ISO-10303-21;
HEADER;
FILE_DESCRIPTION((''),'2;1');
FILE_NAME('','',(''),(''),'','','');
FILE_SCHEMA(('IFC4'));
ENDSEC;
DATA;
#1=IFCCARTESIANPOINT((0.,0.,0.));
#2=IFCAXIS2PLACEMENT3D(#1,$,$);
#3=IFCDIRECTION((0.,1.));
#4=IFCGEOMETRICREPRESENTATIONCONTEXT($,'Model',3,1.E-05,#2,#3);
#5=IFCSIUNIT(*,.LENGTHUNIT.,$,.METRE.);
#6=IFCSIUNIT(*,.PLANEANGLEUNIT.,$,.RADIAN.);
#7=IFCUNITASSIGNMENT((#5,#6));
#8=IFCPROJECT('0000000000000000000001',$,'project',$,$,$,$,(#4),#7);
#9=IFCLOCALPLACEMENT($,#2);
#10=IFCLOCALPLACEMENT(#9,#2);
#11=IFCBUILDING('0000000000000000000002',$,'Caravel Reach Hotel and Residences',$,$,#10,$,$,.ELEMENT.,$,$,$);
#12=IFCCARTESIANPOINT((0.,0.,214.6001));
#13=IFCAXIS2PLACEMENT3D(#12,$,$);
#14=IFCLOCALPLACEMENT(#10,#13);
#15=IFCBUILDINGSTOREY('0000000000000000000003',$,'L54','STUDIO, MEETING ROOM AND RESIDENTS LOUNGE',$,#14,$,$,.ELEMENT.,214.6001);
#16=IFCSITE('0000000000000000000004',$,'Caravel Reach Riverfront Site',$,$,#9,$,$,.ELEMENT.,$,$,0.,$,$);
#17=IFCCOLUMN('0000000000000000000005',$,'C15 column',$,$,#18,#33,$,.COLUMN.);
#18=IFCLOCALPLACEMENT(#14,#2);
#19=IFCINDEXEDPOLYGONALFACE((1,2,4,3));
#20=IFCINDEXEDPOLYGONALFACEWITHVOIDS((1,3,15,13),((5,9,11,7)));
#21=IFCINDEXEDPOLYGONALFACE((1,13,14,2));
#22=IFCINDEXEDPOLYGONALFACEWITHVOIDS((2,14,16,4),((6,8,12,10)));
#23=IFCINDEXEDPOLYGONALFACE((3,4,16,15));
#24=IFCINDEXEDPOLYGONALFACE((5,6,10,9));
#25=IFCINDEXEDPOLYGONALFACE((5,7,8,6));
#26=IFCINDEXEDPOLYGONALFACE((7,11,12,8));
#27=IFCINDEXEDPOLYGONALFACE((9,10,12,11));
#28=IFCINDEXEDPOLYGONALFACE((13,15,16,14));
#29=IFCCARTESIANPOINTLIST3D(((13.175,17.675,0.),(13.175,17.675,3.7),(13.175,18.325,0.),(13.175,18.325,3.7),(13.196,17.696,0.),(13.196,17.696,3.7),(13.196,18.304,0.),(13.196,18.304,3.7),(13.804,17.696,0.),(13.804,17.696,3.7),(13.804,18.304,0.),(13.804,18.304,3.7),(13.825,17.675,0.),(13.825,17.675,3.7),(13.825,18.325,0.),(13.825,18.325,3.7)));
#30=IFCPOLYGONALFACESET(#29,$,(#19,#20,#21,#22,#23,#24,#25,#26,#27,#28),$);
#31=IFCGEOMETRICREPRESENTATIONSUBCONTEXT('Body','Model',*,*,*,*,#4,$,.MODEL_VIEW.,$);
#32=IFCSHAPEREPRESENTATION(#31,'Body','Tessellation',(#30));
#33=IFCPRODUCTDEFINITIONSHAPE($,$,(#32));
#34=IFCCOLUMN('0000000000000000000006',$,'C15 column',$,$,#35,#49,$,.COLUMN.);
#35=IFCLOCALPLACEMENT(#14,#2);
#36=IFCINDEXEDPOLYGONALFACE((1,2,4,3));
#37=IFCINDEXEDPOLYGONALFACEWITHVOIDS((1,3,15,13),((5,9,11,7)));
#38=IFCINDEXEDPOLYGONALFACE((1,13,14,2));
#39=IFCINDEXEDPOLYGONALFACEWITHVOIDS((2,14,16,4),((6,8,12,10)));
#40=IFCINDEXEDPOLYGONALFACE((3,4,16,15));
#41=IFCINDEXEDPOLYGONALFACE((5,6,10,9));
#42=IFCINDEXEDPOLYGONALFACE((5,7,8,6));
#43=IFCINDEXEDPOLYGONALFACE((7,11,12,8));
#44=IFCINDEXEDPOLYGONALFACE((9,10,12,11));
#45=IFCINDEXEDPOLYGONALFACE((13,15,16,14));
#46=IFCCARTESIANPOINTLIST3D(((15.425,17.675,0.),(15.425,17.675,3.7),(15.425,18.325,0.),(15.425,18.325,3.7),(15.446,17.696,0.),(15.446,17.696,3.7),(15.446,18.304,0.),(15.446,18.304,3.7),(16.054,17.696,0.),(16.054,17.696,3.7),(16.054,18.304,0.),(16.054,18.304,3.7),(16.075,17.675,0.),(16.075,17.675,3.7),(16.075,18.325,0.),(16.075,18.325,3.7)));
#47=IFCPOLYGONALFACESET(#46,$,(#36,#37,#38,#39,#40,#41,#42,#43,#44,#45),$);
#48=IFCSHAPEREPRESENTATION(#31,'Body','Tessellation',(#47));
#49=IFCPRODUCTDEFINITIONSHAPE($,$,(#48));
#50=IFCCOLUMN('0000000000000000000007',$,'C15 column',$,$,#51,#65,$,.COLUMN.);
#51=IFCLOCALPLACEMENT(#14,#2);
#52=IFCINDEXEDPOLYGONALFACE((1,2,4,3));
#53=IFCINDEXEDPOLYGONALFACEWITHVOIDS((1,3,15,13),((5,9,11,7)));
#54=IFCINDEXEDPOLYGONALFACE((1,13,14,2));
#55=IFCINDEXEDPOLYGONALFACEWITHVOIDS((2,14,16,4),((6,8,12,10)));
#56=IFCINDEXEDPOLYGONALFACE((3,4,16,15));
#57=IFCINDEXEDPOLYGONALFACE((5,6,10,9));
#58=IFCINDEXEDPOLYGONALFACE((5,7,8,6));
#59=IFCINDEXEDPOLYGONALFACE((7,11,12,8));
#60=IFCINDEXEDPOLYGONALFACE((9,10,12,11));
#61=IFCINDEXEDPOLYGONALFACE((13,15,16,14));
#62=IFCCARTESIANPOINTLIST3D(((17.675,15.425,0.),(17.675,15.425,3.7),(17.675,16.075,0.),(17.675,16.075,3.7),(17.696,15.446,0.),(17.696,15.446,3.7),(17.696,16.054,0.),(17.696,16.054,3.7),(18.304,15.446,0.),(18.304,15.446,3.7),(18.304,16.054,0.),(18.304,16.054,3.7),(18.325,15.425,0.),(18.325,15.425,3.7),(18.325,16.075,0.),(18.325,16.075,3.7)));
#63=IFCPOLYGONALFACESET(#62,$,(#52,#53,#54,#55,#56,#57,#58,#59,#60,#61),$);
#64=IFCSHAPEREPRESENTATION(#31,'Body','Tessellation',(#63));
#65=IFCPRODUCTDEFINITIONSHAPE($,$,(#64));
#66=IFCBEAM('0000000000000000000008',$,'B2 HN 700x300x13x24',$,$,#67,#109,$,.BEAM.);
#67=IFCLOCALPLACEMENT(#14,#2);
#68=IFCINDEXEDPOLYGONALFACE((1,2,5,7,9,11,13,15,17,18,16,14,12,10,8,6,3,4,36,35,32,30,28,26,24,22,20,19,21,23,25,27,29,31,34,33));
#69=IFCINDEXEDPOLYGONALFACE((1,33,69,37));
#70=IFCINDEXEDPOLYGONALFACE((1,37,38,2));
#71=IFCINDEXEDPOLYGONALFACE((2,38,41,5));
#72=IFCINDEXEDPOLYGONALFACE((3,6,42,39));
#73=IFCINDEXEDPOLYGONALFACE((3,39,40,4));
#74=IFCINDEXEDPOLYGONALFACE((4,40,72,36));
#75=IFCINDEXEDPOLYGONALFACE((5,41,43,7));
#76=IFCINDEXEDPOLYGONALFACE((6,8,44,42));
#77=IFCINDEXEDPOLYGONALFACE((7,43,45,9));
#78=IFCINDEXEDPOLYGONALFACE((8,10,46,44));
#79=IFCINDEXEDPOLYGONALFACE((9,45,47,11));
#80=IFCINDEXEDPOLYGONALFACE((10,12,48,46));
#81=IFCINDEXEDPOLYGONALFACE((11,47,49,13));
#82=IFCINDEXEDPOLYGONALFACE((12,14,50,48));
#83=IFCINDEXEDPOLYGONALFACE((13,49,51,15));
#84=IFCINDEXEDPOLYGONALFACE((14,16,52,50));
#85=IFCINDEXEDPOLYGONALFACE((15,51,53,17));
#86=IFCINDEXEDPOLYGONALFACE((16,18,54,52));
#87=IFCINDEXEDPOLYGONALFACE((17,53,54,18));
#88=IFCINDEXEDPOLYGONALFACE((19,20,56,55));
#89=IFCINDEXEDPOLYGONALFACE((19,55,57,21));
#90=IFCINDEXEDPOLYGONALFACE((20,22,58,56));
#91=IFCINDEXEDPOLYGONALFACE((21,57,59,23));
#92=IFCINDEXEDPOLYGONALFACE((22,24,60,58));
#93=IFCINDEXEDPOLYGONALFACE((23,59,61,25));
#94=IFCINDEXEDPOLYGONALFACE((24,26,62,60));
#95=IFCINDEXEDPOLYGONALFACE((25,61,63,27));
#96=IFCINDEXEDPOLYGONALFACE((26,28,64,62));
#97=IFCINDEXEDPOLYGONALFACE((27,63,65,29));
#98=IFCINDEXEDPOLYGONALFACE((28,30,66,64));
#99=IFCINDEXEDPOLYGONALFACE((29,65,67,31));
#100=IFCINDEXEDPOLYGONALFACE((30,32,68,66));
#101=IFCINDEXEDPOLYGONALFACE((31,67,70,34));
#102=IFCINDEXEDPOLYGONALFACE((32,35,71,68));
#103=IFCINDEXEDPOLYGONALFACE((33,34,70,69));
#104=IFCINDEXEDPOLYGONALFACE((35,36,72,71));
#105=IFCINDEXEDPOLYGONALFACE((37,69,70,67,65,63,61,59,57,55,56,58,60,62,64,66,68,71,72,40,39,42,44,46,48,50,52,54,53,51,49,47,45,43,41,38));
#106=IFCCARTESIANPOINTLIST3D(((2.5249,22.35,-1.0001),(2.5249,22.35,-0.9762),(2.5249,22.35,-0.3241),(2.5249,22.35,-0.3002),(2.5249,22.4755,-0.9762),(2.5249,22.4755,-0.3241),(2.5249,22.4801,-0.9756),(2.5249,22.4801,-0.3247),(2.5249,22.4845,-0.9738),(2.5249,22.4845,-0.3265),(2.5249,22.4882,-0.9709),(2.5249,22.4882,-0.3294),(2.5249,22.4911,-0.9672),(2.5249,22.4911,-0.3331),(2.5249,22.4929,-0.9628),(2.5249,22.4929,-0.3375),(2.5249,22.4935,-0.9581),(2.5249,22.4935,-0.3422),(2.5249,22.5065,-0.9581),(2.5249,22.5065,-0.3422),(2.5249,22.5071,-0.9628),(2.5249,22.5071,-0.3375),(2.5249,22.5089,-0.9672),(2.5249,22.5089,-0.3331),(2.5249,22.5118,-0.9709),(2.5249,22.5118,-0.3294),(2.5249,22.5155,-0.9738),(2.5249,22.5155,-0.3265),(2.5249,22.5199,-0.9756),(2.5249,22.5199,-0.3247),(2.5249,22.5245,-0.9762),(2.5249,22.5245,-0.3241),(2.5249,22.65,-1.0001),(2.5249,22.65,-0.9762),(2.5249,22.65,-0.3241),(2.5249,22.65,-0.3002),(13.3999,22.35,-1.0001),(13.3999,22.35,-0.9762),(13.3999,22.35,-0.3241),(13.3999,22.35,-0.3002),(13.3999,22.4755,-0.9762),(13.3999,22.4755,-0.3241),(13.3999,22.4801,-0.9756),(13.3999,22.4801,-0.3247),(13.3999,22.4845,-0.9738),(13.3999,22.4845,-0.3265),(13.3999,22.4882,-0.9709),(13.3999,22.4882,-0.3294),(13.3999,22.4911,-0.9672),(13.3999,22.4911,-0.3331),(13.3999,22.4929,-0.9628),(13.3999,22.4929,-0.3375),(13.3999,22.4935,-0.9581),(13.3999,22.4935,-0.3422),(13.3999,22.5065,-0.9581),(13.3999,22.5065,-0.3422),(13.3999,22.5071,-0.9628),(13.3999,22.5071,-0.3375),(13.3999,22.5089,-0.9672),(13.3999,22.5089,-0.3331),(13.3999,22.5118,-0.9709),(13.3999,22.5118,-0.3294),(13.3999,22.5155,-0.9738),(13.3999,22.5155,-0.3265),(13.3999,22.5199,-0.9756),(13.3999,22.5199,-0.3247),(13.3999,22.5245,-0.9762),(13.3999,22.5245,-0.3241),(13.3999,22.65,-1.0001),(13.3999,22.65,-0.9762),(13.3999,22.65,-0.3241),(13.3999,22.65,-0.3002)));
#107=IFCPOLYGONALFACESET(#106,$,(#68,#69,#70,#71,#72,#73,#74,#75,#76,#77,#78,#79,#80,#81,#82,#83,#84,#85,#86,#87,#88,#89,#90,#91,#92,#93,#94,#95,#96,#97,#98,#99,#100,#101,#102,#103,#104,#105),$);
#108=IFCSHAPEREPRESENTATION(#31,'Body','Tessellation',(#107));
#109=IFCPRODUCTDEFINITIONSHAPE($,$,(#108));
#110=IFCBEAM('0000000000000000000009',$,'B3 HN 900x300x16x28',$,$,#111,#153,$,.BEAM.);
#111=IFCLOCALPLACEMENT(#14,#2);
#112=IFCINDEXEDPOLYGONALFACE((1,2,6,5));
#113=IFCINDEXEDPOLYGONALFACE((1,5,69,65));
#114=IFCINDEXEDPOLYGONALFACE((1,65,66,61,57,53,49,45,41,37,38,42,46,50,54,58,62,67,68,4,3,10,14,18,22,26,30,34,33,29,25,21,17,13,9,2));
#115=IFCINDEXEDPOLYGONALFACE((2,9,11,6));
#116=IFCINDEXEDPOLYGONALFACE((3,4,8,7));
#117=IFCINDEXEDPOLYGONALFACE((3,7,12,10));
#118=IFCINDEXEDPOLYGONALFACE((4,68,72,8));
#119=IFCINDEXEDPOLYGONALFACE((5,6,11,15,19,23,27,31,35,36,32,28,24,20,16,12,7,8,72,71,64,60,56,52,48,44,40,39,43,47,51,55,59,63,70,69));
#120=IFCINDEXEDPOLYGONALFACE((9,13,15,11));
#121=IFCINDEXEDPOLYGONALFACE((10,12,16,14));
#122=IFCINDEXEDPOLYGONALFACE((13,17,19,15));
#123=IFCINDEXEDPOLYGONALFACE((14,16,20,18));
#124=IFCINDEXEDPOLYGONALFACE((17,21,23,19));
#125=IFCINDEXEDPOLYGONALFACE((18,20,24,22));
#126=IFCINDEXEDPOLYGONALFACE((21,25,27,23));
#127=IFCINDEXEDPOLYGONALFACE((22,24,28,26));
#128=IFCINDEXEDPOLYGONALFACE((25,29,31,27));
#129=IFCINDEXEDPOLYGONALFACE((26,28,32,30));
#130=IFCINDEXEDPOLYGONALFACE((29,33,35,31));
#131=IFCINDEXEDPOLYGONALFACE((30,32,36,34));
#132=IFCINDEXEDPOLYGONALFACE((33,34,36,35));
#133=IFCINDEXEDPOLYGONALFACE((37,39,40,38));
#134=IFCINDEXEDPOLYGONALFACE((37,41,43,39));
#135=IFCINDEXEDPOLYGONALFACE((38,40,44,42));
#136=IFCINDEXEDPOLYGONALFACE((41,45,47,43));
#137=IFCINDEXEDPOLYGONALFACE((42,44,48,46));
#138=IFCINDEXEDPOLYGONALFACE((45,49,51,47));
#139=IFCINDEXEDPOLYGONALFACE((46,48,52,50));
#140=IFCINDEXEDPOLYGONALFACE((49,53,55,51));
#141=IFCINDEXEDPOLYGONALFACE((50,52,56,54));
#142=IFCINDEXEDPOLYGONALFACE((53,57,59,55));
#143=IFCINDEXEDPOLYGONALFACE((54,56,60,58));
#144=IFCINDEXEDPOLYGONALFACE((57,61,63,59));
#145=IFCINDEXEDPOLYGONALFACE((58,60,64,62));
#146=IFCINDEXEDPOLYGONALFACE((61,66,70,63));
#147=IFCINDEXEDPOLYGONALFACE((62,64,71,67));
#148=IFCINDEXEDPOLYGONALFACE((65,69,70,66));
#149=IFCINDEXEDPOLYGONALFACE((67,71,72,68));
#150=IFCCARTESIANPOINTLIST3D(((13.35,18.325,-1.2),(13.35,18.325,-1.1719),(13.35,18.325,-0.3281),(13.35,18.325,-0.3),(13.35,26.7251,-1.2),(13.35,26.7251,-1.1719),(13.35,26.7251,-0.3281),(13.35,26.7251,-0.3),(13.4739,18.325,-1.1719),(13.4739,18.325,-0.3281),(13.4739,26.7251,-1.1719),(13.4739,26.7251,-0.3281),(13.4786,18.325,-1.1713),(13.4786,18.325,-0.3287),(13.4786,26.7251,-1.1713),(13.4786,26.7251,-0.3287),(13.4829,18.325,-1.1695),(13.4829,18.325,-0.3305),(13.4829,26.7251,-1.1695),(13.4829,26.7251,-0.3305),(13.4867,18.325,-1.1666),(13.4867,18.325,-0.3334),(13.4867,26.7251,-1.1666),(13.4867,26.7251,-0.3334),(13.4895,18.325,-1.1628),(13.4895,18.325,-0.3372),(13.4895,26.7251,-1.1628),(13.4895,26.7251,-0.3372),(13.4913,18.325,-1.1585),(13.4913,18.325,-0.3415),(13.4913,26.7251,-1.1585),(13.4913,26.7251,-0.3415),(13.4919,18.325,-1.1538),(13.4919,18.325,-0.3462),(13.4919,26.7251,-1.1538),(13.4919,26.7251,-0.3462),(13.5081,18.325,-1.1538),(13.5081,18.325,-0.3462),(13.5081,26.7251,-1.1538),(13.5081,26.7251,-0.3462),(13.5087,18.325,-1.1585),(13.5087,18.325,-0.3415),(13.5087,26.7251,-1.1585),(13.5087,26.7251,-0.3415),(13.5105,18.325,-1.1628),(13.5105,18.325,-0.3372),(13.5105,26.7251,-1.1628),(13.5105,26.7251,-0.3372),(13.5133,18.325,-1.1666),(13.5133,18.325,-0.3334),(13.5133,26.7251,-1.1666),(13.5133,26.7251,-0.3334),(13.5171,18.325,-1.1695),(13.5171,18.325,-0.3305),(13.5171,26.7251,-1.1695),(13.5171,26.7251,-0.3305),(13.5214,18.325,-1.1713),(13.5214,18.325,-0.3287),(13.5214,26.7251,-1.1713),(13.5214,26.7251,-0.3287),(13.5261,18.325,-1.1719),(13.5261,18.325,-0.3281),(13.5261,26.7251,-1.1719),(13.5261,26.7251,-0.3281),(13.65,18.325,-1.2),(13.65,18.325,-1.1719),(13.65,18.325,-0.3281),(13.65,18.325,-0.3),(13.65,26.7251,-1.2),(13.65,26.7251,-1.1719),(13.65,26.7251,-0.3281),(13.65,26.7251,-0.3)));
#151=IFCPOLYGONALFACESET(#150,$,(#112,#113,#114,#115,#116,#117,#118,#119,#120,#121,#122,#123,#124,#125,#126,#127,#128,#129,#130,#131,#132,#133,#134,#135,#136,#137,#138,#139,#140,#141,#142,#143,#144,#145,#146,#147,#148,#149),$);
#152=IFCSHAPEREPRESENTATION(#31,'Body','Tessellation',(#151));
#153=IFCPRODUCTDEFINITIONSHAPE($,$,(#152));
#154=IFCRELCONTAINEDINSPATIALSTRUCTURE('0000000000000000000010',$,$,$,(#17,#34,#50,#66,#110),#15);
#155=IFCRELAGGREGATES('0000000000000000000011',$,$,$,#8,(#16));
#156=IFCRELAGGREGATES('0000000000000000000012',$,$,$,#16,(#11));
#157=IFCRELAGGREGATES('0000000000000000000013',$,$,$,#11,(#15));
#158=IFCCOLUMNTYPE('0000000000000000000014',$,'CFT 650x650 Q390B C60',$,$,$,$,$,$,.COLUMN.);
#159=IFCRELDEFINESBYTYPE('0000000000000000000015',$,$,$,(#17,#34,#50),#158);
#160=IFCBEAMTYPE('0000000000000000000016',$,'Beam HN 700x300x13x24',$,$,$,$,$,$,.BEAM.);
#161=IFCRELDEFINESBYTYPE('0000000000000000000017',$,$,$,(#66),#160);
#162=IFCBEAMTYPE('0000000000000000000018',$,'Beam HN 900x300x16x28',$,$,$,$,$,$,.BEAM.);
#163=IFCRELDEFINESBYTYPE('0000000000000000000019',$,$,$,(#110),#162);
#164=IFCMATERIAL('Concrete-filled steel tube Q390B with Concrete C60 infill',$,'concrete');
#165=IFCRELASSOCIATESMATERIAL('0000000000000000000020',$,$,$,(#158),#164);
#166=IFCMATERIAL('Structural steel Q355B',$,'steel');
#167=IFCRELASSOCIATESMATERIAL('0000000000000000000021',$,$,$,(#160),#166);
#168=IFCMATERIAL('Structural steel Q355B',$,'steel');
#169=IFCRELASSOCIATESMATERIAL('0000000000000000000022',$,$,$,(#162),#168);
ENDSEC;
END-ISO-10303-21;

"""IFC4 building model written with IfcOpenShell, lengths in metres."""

from ifc_helpers import new_model, si_unit, direction, frame, origin, origin_2d, place, context, subcontext, project, spatial, hollow_rectangle, i_section, extrude, material, material_profile, profile_set, type_object, element, save


model = new_model("IFC4")

# Units and contexts
model_context = context("Model", 3, precision=1e-05, world=origin(), true_north=direction((0.0, 1.0)))
body_context = subcontext(model_context, "Body", "Model", "MODEL_VIEW")
ifc_project = project(units=[si_unit("LENGTHUNIT", "METRE"), si_unit("PLANEANGLEUNIT", "RADIAN")], contexts=[model_context])

# Site, building, storey
site_placement = place(None, origin())
site = spatial("IfcSite", under=ifc_project, at=site_placement, Name="Caravel Reach Riverfront Site", CompositionType="ELEMENT", RefElevation=0.0)
building_placement = place(site_placement, origin())
building = spatial("IfcBuilding", under=site, at=building_placement, Name="Caravel Reach Hotel and Residences", CompositionType="ELEMENT")
storey_placement = place(building_placement, frame((0.0, 0.0, 214.6001)))
storey = spatial("IfcBuildingStorey", under=building, at=storey_placement, Name="L54", Description="STUDIO, MEETING ROOM AND RESIDENTS LOUNGE", CompositionType="ELEMENT", Elevation=214.6001)

# Columns
ifc_material_1 = material(Name="Concrete-filled steel tube Q390B with Concrete C60 infill", Category="concrete")
ifc_material_profile_1 = material_profile(ifc_material_1, hollow_rectangle(XDim=0.6499, YDim=0.6499, WallThickness=0.021, at=origin_2d()), Name="RHS 650x650x21")
ifc_profile_set_1 = profile_set([ifc_material_profile_1], Name="Concrete-filled steel tube Q390B with Concrete C60 infill")
column_type = type_object("IfcColumnType", Name="CFT 650x650 Q390B C60", PredefinedType="COLUMN", material=ifc_profile_set_1)
for number, where, z_axis, x_axis, name in (
    (1, (13.5, 18.0, 0.0), (0.0, 0.0, 1.0), (1.0, 0.0, 0.0), "C15 column"),
    (2, (15.75, 18.0, 0.0), (0.0, 0.0, 1.0), (1.0, 0.0, 0.0), "C15 column"),
    (3, (18.0, 15.75, 0.0), (0.0, 0.0, 1.0), (1.0, 0.0, 0.0), "C15 column"),
):
    element("IfcColumn", number, at=place(storey_placement, frame(where, z_axis=z_axis, x_axis=x_axis)), inside=storey, type_object=column_type, Name=name, PredefinedType="COLUMN", context=body_context, shape_type="SweptSolid", body=[
        extrude(hollow_rectangle(XDim=0.6499, YDim=0.6499, WallThickness=0.021, at=origin_2d()), origin(), (0.0, 0.0, 1.0), 3.7),
    ])

# Beams
ifc_material_2 = material(Name="Structural steel Q355B", Category="steel")
ifc_material_profile_2 = material_profile(ifc_material_2, i_section(OverallWidth=0.3, OverallDepth=0.7, WebThickness=0.0129, FlangeThickness=0.0239, FilletRadius=0.0181, at=origin_2d()), Name="HN 700x300x13x24")
ifc_profile_set_2 = profile_set([ifc_material_profile_2], Name="Structural steel Q355B")
beam_type_1 = type_object("IfcBeamType", Name="Beam HN 700x300x13x24", PredefinedType="BEAM", material=ifc_profile_set_2)
beam_1_placement = place(storey_placement, frame((13.3999, 22.5, -0.6501), z_axis=(-1.0, 0.0, 0.0), x_axis=(0.0, -1.0, 0.0)))
element("IfcBeam", 4, at=beam_1_placement, inside=storey, type_object=beam_type_1, Name="B2 HN 700x300x13x24", PredefinedType="BEAM", context=body_context, shape_type="SweptSolid", body=[
    extrude(i_section(OverallWidth=0.3, OverallDepth=0.7, WebThickness=0.0129, FlangeThickness=0.0239, FilletRadius=0.0181, at=origin_2d()), origin(), (0.0, 0.0, 1.0), 10.875),
])
ifc_material_3 = material(Name="Structural steel Q355B", Category="steel")
ifc_material_profile_3 = material_profile(ifc_material_3, i_section(OverallWidth=0.3, OverallDepth=0.8999, WebThickness=0.0161, FlangeThickness=0.0281, FilletRadius=0.0181, at=origin_2d()), Name="HN 900x300x16x28")
ifc_profile_set_3 = profile_set([ifc_material_profile_3], Name="Structural steel Q355B")
beam_type_2 = type_object("IfcBeamType", Name="Beam HN 900x300x16x28", PredefinedType="BEAM", material=ifc_profile_set_3)
beam_2_placement = place(storey_placement, frame((13.5, 18.325, -0.75), z_axis=(0.0, 1.0, 0.0), x_axis=(-1.0, 0.0, 0.0)))
element("IfcBeam", 5, at=beam_2_placement, inside=storey, type_object=beam_type_2, Name="B3 HN 900x300x16x28", PredefinedType="BEAM", context=body_context, shape_type="SweptSolid", body=[
    extrude(i_section(OverallWidth=0.3, OverallDepth=0.8999, WebThickness=0.0161, FlangeThickness=0.0281, FilletRadius=0.0181, at=origin_2d()), origin(), (0.0, 0.0, 1.0), 8.4001),
])

save(model, "model.ifc")
